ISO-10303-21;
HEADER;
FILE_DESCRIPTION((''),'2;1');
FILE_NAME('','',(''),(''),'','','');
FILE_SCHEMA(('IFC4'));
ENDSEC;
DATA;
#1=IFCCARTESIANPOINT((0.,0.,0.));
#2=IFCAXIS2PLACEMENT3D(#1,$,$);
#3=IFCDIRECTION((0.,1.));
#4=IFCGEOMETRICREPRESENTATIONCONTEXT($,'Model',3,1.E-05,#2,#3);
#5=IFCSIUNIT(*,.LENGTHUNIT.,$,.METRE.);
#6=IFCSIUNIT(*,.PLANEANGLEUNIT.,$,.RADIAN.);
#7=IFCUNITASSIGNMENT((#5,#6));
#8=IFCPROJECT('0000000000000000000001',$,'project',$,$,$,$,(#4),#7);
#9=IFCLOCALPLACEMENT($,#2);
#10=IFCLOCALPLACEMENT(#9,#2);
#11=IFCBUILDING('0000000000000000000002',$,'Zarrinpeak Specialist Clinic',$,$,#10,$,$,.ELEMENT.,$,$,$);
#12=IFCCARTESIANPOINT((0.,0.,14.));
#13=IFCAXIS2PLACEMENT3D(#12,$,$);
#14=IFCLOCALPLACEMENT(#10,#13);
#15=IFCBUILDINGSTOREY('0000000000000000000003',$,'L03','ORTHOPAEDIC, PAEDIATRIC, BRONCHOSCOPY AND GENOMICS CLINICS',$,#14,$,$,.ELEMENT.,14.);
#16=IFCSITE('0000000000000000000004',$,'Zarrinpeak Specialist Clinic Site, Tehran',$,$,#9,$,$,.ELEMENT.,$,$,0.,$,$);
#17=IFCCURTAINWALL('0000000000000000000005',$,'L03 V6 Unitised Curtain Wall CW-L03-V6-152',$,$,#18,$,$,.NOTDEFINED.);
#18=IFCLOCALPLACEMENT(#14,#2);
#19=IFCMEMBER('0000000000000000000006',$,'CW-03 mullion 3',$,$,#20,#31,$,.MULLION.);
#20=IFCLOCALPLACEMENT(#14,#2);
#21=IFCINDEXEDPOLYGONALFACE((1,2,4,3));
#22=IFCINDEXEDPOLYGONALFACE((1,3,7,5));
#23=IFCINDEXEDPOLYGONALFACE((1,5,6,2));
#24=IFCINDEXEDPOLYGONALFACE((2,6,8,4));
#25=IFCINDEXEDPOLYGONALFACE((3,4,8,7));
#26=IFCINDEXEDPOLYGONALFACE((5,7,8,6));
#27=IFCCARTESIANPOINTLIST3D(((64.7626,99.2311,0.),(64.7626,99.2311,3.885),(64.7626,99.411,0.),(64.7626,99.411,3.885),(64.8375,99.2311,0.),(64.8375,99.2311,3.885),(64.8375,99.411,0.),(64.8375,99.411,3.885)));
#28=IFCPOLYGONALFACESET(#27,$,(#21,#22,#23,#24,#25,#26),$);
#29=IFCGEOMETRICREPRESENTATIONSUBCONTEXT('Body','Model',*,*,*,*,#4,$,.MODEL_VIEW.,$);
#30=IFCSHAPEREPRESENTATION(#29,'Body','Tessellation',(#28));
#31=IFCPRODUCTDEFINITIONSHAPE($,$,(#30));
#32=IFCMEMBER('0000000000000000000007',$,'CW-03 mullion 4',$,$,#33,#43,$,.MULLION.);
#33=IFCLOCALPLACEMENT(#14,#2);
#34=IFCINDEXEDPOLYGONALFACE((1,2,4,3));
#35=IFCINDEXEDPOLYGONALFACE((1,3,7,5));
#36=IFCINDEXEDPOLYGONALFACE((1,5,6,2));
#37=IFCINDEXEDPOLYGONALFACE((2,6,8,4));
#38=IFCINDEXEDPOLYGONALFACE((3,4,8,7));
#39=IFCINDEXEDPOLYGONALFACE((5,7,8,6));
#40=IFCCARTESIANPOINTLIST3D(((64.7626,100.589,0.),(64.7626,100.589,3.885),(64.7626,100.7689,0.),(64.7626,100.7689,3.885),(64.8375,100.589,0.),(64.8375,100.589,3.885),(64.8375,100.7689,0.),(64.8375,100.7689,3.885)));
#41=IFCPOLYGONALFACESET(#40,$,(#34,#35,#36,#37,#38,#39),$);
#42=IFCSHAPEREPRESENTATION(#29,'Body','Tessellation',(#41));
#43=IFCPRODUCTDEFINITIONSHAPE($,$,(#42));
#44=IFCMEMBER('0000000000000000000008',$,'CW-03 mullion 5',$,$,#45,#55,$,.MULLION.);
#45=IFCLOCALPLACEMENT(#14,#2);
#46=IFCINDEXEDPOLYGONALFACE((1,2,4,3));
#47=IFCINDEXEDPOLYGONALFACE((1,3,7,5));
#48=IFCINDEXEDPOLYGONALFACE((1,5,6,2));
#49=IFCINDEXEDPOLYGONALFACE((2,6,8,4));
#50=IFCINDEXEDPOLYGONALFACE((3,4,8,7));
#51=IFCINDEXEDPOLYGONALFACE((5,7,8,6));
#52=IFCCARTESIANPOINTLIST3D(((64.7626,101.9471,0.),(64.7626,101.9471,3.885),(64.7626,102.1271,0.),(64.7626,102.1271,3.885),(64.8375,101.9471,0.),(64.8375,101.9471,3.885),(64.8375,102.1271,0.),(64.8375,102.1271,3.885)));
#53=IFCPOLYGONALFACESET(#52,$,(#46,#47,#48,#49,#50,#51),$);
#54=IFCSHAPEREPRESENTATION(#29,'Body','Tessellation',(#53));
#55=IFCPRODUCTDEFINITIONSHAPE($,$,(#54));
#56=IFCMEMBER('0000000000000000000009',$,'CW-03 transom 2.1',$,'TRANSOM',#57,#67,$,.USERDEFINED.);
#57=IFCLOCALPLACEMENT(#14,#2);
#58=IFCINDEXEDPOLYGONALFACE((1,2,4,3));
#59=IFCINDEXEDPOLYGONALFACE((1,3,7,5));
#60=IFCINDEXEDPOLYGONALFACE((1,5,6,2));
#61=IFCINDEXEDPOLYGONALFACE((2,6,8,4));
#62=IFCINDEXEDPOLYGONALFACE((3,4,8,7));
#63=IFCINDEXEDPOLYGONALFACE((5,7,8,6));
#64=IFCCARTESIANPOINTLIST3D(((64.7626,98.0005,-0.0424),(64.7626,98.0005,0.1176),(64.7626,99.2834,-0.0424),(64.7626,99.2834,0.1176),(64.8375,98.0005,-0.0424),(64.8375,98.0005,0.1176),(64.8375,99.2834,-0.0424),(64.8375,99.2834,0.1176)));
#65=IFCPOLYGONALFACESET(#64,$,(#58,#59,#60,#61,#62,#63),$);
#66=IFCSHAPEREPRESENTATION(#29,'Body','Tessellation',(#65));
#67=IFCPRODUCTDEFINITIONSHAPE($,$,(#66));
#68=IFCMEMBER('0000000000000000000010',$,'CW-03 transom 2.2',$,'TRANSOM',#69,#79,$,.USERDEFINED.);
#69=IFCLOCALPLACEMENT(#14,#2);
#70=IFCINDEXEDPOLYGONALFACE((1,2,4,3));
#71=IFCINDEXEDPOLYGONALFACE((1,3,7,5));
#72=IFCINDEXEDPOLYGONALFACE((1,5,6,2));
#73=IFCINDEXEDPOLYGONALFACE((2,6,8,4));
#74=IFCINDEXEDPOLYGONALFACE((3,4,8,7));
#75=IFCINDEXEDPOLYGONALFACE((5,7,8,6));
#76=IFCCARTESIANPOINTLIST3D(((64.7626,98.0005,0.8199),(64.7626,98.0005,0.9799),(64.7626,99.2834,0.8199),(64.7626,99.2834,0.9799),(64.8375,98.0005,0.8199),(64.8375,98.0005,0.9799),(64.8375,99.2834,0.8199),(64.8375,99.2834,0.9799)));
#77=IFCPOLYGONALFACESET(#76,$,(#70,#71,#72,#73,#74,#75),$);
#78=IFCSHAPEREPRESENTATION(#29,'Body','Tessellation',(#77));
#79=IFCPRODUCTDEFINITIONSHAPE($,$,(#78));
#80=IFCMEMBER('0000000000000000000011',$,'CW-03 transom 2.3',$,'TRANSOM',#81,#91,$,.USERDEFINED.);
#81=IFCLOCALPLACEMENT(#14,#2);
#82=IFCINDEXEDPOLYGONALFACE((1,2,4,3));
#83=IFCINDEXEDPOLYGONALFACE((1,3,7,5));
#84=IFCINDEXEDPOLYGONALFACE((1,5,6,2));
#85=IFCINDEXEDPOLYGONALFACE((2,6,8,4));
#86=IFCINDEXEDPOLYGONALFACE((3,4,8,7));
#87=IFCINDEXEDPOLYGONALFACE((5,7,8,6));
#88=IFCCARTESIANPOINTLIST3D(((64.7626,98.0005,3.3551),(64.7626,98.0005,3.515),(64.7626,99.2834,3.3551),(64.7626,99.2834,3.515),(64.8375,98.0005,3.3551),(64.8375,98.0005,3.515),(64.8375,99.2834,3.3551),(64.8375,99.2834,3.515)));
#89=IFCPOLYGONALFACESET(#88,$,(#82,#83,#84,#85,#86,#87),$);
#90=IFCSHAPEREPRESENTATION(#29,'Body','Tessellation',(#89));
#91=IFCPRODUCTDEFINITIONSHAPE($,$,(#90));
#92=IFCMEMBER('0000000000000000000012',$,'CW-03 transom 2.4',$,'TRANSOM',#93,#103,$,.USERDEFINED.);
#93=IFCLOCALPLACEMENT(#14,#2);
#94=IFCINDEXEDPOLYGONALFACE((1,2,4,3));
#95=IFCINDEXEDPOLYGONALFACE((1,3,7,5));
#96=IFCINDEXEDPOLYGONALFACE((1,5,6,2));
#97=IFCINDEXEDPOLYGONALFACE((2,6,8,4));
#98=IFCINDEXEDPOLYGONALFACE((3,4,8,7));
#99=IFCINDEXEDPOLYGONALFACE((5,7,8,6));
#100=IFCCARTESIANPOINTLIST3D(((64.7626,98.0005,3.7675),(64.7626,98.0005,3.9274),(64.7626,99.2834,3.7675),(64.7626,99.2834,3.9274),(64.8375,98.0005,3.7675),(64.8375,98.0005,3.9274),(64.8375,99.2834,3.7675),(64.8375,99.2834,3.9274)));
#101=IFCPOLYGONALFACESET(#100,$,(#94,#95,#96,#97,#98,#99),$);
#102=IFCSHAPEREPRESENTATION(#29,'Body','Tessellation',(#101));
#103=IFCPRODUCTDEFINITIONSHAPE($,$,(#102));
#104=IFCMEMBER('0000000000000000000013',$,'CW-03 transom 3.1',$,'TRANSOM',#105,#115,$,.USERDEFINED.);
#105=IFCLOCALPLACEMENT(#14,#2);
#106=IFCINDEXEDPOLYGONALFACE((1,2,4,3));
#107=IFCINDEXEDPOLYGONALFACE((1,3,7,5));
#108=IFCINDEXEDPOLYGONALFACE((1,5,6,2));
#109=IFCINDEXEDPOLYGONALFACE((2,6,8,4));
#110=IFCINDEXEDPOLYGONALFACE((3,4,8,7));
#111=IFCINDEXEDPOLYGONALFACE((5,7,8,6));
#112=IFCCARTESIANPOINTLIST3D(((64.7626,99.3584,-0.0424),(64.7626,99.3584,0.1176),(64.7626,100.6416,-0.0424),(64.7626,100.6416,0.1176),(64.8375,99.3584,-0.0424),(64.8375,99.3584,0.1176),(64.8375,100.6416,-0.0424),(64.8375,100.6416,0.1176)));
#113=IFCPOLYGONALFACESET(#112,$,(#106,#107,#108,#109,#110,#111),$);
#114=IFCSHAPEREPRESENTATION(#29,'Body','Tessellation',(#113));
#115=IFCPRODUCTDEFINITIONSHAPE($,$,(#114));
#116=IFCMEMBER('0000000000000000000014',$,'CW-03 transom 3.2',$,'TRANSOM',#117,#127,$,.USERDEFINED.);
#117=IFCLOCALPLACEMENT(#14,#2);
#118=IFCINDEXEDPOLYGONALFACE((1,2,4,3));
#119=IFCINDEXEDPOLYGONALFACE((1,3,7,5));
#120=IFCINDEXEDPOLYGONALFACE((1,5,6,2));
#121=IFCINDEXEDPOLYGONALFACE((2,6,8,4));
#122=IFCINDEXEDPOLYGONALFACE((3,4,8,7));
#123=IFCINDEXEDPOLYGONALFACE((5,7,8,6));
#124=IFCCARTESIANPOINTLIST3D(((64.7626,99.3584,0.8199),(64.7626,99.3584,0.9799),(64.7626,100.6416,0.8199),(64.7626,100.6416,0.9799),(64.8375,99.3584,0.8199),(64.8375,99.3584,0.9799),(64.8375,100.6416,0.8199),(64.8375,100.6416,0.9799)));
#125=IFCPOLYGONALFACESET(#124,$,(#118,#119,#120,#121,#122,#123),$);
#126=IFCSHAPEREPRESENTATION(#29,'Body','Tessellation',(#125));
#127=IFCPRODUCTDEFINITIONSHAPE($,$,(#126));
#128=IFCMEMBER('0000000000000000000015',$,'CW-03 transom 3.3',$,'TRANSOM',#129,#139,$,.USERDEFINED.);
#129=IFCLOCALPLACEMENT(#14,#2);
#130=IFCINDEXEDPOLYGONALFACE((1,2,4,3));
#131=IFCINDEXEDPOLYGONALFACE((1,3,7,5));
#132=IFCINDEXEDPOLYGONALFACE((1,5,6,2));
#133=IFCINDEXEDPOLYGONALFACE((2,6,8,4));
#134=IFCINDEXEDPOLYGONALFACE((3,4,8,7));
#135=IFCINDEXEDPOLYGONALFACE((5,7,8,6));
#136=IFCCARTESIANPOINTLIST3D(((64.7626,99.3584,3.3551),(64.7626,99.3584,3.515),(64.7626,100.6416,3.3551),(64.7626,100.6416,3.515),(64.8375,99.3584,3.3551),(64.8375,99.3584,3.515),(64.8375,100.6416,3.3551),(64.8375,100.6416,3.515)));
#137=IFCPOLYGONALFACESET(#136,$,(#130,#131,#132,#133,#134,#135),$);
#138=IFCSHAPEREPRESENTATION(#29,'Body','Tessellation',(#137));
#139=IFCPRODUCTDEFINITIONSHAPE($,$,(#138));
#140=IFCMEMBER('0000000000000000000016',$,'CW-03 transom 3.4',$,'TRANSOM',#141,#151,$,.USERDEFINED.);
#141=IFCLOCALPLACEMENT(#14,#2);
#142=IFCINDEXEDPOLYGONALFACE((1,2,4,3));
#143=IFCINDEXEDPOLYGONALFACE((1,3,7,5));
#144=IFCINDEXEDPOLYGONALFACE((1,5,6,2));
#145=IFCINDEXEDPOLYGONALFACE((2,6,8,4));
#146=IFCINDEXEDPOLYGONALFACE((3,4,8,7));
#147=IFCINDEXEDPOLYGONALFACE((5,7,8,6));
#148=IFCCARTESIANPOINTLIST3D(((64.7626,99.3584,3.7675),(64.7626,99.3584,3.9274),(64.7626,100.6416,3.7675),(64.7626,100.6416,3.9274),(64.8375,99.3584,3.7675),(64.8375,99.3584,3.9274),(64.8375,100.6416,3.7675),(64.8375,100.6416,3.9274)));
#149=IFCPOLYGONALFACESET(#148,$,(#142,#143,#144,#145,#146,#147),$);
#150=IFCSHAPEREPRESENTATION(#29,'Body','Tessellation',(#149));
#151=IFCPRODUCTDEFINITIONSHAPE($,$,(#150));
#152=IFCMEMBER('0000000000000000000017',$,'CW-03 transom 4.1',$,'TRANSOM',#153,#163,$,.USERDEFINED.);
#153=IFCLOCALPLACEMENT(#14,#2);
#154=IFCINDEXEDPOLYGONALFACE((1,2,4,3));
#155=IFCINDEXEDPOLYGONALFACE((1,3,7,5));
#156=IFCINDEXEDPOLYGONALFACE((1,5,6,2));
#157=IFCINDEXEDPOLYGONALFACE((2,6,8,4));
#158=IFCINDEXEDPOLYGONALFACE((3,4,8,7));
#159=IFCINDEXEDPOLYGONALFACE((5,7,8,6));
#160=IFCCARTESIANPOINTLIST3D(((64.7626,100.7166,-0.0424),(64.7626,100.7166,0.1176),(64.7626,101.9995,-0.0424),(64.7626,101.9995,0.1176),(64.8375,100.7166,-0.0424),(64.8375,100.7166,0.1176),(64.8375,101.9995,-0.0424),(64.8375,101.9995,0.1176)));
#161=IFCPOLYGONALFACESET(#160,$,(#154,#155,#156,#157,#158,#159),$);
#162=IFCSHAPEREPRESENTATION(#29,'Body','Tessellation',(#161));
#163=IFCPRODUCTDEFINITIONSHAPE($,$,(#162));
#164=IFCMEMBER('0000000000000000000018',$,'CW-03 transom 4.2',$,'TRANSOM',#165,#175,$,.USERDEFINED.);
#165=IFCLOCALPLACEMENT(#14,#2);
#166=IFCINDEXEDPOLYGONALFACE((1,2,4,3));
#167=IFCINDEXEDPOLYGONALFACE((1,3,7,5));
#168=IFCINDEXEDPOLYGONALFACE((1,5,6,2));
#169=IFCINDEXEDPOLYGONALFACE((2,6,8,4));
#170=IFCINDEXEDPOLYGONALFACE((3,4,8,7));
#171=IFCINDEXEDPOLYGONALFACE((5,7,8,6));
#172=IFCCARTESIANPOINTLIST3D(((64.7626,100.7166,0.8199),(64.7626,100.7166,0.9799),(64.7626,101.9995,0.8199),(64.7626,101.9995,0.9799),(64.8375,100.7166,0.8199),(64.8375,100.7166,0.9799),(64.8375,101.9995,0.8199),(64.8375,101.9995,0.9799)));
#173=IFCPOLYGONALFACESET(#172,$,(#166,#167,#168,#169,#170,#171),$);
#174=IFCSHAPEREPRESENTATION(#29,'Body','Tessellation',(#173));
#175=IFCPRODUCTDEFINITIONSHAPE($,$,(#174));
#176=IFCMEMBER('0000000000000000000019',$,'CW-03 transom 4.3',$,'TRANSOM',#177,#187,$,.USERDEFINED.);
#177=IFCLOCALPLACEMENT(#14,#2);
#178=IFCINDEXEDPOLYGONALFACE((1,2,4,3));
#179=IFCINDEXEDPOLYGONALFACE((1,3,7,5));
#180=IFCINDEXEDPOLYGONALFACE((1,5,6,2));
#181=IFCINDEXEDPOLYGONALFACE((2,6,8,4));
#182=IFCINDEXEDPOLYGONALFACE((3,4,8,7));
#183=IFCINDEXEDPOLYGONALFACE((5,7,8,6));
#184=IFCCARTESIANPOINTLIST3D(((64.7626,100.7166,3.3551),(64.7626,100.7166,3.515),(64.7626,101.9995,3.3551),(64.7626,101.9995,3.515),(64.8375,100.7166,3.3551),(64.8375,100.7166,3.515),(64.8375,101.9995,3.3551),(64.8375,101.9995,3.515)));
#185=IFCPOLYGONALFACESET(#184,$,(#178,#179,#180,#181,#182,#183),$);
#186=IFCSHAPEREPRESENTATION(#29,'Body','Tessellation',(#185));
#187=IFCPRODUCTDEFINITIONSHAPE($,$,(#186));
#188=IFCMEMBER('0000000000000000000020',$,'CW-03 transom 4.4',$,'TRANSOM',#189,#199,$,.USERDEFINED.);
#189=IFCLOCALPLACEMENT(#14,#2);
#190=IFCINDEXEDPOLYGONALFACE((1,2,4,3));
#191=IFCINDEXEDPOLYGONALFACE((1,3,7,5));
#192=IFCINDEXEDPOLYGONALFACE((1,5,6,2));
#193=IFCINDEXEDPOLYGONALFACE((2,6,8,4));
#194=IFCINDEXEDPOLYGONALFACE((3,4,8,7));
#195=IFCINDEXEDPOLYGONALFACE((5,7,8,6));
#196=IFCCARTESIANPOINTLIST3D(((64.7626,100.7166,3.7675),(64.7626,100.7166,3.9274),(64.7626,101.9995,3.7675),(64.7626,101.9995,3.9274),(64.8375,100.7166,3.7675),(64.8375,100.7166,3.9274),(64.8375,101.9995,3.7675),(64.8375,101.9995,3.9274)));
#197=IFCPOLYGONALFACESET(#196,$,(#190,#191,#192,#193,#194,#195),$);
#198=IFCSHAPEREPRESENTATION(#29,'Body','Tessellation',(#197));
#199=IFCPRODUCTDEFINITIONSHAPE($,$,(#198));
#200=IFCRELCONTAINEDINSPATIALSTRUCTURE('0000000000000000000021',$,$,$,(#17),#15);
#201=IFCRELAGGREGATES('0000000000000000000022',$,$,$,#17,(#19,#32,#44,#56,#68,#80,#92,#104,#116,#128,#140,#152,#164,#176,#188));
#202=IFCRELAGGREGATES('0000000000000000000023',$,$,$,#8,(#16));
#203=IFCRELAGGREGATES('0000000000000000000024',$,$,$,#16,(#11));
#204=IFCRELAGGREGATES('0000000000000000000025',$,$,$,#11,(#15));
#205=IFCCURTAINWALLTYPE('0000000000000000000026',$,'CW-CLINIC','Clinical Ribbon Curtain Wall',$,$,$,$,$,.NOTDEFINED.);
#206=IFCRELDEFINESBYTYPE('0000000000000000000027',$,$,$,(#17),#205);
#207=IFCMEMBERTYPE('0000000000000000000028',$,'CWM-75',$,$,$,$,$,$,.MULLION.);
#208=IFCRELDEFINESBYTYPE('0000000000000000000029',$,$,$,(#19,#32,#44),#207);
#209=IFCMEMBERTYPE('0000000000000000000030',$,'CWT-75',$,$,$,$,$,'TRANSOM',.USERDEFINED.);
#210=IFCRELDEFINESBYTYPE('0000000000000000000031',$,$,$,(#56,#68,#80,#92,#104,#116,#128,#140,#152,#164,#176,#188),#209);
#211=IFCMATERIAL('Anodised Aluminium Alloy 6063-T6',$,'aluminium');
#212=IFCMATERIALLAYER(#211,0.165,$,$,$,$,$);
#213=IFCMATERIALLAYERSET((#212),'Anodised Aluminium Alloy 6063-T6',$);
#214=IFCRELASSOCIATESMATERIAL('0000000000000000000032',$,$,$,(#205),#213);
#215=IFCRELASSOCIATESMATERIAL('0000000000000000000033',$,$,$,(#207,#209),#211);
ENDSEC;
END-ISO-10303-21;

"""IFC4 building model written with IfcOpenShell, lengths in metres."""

from ifc_helpers import new_model, si_unit, direction, frame, origin, origin_2d, place, context, subcontext, project, spatial, rectangle, extrude, material, layer, layer_set, material_profile, profile_set, type_object, element, aggregate, save


model = new_model("IFC4")

# Units and contexts
model_context = context("Model", 3, precision=1e-05, world=origin(), true_north=direction((0.0, 1.0)))
body_context = subcontext(model_context, "Body", "Model", "MODEL_VIEW")
ifc_project = project(units=[si_unit("LENGTHUNIT", "METRE"), si_unit("PLANEANGLEUNIT", "RADIAN")], contexts=[model_context])

# Site, building, storey
site_placement = place(None, origin())
site = spatial("IfcSite", under=ifc_project, at=site_placement, Name="Zarrinpeak Specialist Clinic Site, Tehran", CompositionType="ELEMENT", RefElevation=0.0)
building_placement = place(site_placement, origin())
building = spatial("IfcBuilding", under=site, at=building_placement, Name="Zarrinpeak Specialist Clinic", CompositionType="ELEMENT")
storey_placement = place(building_placement, frame((0.0, 0.0, 14.0)))
storey = spatial("IfcBuildingStorey", under=building, at=storey_placement, Name="L03", Description="ORTHOPAEDIC, PAEDIATRIC, BRONCHOSCOPY AND GENOMICS CLINICS", CompositionType="ELEMENT", Elevation=14.0)

# Curtain wall, members
ifc_material_1 = material(Name="Anodised Aluminium Alloy 6063-T6", Category="aluminium")
ifc_layer_1 = layer(ifc_material_1, 0.165)
ifc_layer_set_1 = layer_set([ifc_layer_1], Name="Anodised Aluminium Alloy 6063-T6")
curtain_wall_type = type_object("IfcCurtainWallType", Name="CW-CLINIC", Description="Clinical Ribbon Curtain Wall", PredefinedType="NOTDEFINED", material=ifc_layer_set_1)
curtain_wall_placement = place(storey_placement, origin())
curtain_wall = element("IfcCurtainWall", 1, at=curtain_wall_placement, inside=storey, type_object=curtain_wall_type, Name="L03 V6 Unitised Curtain Wall CW-L03-V6-152", PredefinedType="NOTDEFINED")
ifc_material_profile_1 = material_profile(ifc_material_1, rectangle(XDim=0.075, YDim=0.1799, at=origin_2d()), Name="ALU 75x180")
ifc_profile_set_1 = profile_set([ifc_material_profile_1], Name="Anodised Aluminium Alloy 6063-T6")
member_type_1 = type_object("IfcMemberType", Name="CWM-75", PredefinedType="MULLION", material=ifc_profile_set_1)
member_1_placement = place(storey_placement, frame((64.8, 99.321, 0.0), z_axis=(0.0, 0.0, 1.0), x_axis=(-1.0, 0.0, 0.0)))
member_1 = element("IfcMember", 2, at=member_1_placement, type_object=member_type_1, Name="CW-03 mullion 3", PredefinedType="MULLION", context=body_context, shape_type="SweptSolid", body=[
    extrude(rectangle(XDim=0.075, YDim=0.1799, at=origin_2d()), origin(), (0.0, 0.0, 1.0), 3.885),
])
member_2_placement = place(storey_placement, frame((64.8, 100.679, 0.0), z_axis=(0.0, 0.0, 1.0), x_axis=(-1.0, 0.0, 0.0)))
member_2 = element("IfcMember", 3, at=member_2_placement, type_object=member_type_1, Name="CW-03 mullion 4", PredefinedType="MULLION", context=body_context, shape_type="SweptSolid", body=[
    extrude(rectangle(XDim=0.075, YDim=0.1799, at=origin_2d()), origin(), (0.0, 0.0, 1.0), 3.885),
])
member_3_placement = place(storey_placement, frame((64.8, 102.0371, 0.0), z_axis=(0.0, 0.0, 1.0), x_axis=(-1.0, 0.0, 0.0)))
member_3 = element("IfcMember", 4, at=member_3_placement, type_object=member_type_1, Name="CW-03 mullion 5", PredefinedType="MULLION", context=body_context, shape_type="SweptSolid", body=[
    extrude(rectangle(XDim=0.075, YDim=0.1799, at=origin_2d()), origin(), (0.0, 0.0, 1.0), 3.885),
])
ifc_material_profile_2 = material_profile(ifc_material_1, rectangle(XDim=0.075, YDim=0.1599, at=origin_2d()), Name="ALU 75x160")
ifc_profile_set_2 = profile_set([ifc_material_profile_2], Name="Anodised Aluminium Alloy 6063-T6")
member_type_2 = type_object("IfcMemberType", Name="CWT-75", ElementType="TRANSOM", PredefinedType="USERDEFINED", material=ifc_profile_set_2)
member_4_placement = place(storey_placement, frame((64.8, 98.0005, 0.0376), z_axis=(0.0, 1.0, 0.0), x_axis=(-1.0, 0.0, 0.0)))
member_4 = element("IfcMember", 5, at=member_4_placement, type_object=member_type_2, Name="CW-03 transom 2.1", ObjectType="TRANSOM", PredefinedType="USERDEFINED", context=body_context, shape_type="SweptSolid", body=[
    extrude(rectangle(XDim=0.075, YDim=0.1599, at=origin_2d()), origin(), (0.0, 0.0, 1.0), 1.283),
])
member_5_placement = place(storey_placement, frame((64.8, 98.0005, 0.8999), z_axis=(0.0, 1.0, 0.0), x_axis=(-1.0, 0.0, 0.0)))
member_5 = element("IfcMember", 6, at=member_5_placement, type_object=member_type_2, Name="CW-03 transom 2.2", ObjectType="TRANSOM", PredefinedType="USERDEFINED", context=body_context, shape_type="SweptSolid", body=[
    extrude(rectangle(XDim=0.075, YDim=0.1599, at=origin_2d()), origin(), (0.0, 0.0, 1.0), 1.283),
])
member_6_placement = place(storey_placement, frame((64.8, 98.0005, 3.4351), z_axis=(0.0, 1.0, 0.0), x_axis=(-1.0, 0.0, 0.0)))
member_6 = element("IfcMember", 7, at=member_6_placement, type_object=member_type_2, Name="CW-03 transom 2.3", ObjectType="TRANSOM", PredefinedType="USERDEFINED", context=body_context, shape_type="SweptSolid", body=[
    extrude(rectangle(XDim=0.075, YDim=0.1599, at=origin_2d()), origin(), (0.0, 0.0, 1.0), 1.283),
])
member_7_placement = place(storey_placement, frame((64.8, 98.0005, 3.8474), z_axis=(0.0, 1.0, 0.0), x_axis=(-1.0, 0.0, 0.0)))
member_7 = element("IfcMember", 8, at=member_7_placement, type_object=member_type_2, Name="CW-03 transom 2.4", ObjectType="TRANSOM", PredefinedType="USERDEFINED", context=body_context, shape_type="SweptSolid", body=[
    extrude(rectangle(XDim=0.075, YDim=0.1599, at=origin_2d()), origin(), (0.0, 0.0, 1.0), 1.283),
])
member_8_placement = place(storey_placement, frame((64.8, 99.3584, 0.0376), z_axis=(0.0, 1.0, 0.0), x_axis=(-1.0, 0.0, 0.0)))
member_8 = element("IfcMember", 9, at=member_8_placement, type_object=member_type_2, Name="CW-03 transom 3.1", ObjectType="TRANSOM", PredefinedType="USERDEFINED", context=body_context, shape_type="SweptSolid", body=[
    extrude(rectangle(XDim=0.075, YDim=0.1599, at=origin_2d()), origin(), (0.0, 0.0, 1.0), 1.2832),
])
member_9_placement = place(storey_placement, frame((64.8, 99.3584, 0.8999), z_axis=(0.0, 1.0, 0.0), x_axis=(-1.0, 0.0, 0.0)))
member_9 = element("IfcMember", 10, at=member_9_placement, type_object=member_type_2, Name="CW-03 transom 3.2", ObjectType="TRANSOM", PredefinedType="USERDEFINED", context=body_context, shape_type="SweptSolid", body=[
    extrude(rectangle(XDim=0.075, YDim=0.1599, at=origin_2d()), origin(), (0.0, 0.0, 1.0), 1.2832),
])
member_10_placement = place(storey_placement, frame((64.8, 99.3584, 3.4351), z_axis=(0.0, 1.0, 0.0), x_axis=(-1.0, 0.0, 0.0)))
member_10 = element("IfcMember", 11, at=member_10_placement, type_object=member_type_2, Name="CW-03 transom 3.3", ObjectType="TRANSOM", PredefinedType="USERDEFINED", context=body_context, shape_type="SweptSolid", body=[
    extrude(rectangle(XDim=0.075, YDim=0.1599, at=origin_2d()), origin(), (0.0, 0.0, 1.0), 1.2832),
])
member_11_placement = place(storey_placement, frame((64.8, 99.3584, 3.8474), z_axis=(0.0, 1.0, 0.0), x_axis=(-1.0, 0.0, 0.0)))
member_11 = element("IfcMember", 12, at=member_11_placement, type_object=member_type_2, Name="CW-03 transom 3.4", ObjectType="TRANSOM", PredefinedType="USERDEFINED", context=body_context, shape_type="SweptSolid", body=[
    extrude(rectangle(XDim=0.075, YDim=0.1599, at=origin_2d()), origin(), (0.0, 0.0, 1.0), 1.2832),
])
member_12_placement = place(storey_placement, frame((64.8, 100.7166, 0.0376), z_axis=(0.0, 1.0, 0.0), x_axis=(-1.0, 0.0, 0.0)))
member_12 = element("IfcMember", 13, at=member_12_placement, type_object=member_type_2, Name="CW-03 transom 4.1", ObjectType="TRANSOM", PredefinedType="USERDEFINED", context=body_context, shape_type="SweptSolid", body=[
    extrude(rectangle(XDim=0.075, YDim=0.1599, at=origin_2d()), origin(), (0.0, 0.0, 1.0), 1.283),
])
member_13_placement = place(storey_placement, frame((64.8, 100.7166, 0.8999), z_axis=(0.0, 1.0, 0.0), x_axis=(-1.0, 0.0, 0.0)))
member_13 = element("IfcMember", 14, at=member_13_placement, type_object=member_type_2, Name="CW-03 transom 4.2", ObjectType="TRANSOM", PredefinedType="USERDEFINED", context=body_context, shape_type="SweptSolid", body=[
    extrude(rectangle(XDim=0.075, YDim=0.1599, at=origin_2d()), origin(), (0.0, 0.0, 1.0), 1.283),
])
member_14_placement = place(storey_placement, frame((64.8, 100.7166, 3.4351), z_axis=(0.0, 1.0, 0.0), x_axis=(-1.0, 0.0, 0.0)))
member_14 = element("IfcMember", 15, at=member_14_placement, type_object=member_type_2, Name="CW-03 transom 4.3", ObjectType="TRANSOM", PredefinedType="USERDEFINED", context=body_context, shape_type="SweptSolid", body=[
    extrude(rectangle(XDim=0.075, YDim=0.1599, at=origin_2d()), origin(), (0.0, 0.0, 1.0), 1.283),
])
member_15_placement = place(storey_placement, frame((64.8, 100.7166, 3.8474), z_axis=(0.0, 1.0, 0.0), x_axis=(-1.0, 0.0, 0.0)))
member_15 = element("IfcMember", 16, at=member_15_placement, type_object=member_type_2, Name="CW-03 transom 4.4", ObjectType="TRANSOM", PredefinedType="USERDEFINED", context=body_context, shape_type="SweptSolid", body=[
    extrude(rectangle(XDim=0.075, YDim=0.1599, at=origin_2d()), origin(), (0.0, 0.0, 1.0), 1.283),
])
aggregate(curtain_wall, [member_1, member_2, member_3, member_4, member_5, member_6, member_7, member_8, member_9, member_10, member_11, member_12, member_13, member_14, member_15])

save(model, "model.ifc")
